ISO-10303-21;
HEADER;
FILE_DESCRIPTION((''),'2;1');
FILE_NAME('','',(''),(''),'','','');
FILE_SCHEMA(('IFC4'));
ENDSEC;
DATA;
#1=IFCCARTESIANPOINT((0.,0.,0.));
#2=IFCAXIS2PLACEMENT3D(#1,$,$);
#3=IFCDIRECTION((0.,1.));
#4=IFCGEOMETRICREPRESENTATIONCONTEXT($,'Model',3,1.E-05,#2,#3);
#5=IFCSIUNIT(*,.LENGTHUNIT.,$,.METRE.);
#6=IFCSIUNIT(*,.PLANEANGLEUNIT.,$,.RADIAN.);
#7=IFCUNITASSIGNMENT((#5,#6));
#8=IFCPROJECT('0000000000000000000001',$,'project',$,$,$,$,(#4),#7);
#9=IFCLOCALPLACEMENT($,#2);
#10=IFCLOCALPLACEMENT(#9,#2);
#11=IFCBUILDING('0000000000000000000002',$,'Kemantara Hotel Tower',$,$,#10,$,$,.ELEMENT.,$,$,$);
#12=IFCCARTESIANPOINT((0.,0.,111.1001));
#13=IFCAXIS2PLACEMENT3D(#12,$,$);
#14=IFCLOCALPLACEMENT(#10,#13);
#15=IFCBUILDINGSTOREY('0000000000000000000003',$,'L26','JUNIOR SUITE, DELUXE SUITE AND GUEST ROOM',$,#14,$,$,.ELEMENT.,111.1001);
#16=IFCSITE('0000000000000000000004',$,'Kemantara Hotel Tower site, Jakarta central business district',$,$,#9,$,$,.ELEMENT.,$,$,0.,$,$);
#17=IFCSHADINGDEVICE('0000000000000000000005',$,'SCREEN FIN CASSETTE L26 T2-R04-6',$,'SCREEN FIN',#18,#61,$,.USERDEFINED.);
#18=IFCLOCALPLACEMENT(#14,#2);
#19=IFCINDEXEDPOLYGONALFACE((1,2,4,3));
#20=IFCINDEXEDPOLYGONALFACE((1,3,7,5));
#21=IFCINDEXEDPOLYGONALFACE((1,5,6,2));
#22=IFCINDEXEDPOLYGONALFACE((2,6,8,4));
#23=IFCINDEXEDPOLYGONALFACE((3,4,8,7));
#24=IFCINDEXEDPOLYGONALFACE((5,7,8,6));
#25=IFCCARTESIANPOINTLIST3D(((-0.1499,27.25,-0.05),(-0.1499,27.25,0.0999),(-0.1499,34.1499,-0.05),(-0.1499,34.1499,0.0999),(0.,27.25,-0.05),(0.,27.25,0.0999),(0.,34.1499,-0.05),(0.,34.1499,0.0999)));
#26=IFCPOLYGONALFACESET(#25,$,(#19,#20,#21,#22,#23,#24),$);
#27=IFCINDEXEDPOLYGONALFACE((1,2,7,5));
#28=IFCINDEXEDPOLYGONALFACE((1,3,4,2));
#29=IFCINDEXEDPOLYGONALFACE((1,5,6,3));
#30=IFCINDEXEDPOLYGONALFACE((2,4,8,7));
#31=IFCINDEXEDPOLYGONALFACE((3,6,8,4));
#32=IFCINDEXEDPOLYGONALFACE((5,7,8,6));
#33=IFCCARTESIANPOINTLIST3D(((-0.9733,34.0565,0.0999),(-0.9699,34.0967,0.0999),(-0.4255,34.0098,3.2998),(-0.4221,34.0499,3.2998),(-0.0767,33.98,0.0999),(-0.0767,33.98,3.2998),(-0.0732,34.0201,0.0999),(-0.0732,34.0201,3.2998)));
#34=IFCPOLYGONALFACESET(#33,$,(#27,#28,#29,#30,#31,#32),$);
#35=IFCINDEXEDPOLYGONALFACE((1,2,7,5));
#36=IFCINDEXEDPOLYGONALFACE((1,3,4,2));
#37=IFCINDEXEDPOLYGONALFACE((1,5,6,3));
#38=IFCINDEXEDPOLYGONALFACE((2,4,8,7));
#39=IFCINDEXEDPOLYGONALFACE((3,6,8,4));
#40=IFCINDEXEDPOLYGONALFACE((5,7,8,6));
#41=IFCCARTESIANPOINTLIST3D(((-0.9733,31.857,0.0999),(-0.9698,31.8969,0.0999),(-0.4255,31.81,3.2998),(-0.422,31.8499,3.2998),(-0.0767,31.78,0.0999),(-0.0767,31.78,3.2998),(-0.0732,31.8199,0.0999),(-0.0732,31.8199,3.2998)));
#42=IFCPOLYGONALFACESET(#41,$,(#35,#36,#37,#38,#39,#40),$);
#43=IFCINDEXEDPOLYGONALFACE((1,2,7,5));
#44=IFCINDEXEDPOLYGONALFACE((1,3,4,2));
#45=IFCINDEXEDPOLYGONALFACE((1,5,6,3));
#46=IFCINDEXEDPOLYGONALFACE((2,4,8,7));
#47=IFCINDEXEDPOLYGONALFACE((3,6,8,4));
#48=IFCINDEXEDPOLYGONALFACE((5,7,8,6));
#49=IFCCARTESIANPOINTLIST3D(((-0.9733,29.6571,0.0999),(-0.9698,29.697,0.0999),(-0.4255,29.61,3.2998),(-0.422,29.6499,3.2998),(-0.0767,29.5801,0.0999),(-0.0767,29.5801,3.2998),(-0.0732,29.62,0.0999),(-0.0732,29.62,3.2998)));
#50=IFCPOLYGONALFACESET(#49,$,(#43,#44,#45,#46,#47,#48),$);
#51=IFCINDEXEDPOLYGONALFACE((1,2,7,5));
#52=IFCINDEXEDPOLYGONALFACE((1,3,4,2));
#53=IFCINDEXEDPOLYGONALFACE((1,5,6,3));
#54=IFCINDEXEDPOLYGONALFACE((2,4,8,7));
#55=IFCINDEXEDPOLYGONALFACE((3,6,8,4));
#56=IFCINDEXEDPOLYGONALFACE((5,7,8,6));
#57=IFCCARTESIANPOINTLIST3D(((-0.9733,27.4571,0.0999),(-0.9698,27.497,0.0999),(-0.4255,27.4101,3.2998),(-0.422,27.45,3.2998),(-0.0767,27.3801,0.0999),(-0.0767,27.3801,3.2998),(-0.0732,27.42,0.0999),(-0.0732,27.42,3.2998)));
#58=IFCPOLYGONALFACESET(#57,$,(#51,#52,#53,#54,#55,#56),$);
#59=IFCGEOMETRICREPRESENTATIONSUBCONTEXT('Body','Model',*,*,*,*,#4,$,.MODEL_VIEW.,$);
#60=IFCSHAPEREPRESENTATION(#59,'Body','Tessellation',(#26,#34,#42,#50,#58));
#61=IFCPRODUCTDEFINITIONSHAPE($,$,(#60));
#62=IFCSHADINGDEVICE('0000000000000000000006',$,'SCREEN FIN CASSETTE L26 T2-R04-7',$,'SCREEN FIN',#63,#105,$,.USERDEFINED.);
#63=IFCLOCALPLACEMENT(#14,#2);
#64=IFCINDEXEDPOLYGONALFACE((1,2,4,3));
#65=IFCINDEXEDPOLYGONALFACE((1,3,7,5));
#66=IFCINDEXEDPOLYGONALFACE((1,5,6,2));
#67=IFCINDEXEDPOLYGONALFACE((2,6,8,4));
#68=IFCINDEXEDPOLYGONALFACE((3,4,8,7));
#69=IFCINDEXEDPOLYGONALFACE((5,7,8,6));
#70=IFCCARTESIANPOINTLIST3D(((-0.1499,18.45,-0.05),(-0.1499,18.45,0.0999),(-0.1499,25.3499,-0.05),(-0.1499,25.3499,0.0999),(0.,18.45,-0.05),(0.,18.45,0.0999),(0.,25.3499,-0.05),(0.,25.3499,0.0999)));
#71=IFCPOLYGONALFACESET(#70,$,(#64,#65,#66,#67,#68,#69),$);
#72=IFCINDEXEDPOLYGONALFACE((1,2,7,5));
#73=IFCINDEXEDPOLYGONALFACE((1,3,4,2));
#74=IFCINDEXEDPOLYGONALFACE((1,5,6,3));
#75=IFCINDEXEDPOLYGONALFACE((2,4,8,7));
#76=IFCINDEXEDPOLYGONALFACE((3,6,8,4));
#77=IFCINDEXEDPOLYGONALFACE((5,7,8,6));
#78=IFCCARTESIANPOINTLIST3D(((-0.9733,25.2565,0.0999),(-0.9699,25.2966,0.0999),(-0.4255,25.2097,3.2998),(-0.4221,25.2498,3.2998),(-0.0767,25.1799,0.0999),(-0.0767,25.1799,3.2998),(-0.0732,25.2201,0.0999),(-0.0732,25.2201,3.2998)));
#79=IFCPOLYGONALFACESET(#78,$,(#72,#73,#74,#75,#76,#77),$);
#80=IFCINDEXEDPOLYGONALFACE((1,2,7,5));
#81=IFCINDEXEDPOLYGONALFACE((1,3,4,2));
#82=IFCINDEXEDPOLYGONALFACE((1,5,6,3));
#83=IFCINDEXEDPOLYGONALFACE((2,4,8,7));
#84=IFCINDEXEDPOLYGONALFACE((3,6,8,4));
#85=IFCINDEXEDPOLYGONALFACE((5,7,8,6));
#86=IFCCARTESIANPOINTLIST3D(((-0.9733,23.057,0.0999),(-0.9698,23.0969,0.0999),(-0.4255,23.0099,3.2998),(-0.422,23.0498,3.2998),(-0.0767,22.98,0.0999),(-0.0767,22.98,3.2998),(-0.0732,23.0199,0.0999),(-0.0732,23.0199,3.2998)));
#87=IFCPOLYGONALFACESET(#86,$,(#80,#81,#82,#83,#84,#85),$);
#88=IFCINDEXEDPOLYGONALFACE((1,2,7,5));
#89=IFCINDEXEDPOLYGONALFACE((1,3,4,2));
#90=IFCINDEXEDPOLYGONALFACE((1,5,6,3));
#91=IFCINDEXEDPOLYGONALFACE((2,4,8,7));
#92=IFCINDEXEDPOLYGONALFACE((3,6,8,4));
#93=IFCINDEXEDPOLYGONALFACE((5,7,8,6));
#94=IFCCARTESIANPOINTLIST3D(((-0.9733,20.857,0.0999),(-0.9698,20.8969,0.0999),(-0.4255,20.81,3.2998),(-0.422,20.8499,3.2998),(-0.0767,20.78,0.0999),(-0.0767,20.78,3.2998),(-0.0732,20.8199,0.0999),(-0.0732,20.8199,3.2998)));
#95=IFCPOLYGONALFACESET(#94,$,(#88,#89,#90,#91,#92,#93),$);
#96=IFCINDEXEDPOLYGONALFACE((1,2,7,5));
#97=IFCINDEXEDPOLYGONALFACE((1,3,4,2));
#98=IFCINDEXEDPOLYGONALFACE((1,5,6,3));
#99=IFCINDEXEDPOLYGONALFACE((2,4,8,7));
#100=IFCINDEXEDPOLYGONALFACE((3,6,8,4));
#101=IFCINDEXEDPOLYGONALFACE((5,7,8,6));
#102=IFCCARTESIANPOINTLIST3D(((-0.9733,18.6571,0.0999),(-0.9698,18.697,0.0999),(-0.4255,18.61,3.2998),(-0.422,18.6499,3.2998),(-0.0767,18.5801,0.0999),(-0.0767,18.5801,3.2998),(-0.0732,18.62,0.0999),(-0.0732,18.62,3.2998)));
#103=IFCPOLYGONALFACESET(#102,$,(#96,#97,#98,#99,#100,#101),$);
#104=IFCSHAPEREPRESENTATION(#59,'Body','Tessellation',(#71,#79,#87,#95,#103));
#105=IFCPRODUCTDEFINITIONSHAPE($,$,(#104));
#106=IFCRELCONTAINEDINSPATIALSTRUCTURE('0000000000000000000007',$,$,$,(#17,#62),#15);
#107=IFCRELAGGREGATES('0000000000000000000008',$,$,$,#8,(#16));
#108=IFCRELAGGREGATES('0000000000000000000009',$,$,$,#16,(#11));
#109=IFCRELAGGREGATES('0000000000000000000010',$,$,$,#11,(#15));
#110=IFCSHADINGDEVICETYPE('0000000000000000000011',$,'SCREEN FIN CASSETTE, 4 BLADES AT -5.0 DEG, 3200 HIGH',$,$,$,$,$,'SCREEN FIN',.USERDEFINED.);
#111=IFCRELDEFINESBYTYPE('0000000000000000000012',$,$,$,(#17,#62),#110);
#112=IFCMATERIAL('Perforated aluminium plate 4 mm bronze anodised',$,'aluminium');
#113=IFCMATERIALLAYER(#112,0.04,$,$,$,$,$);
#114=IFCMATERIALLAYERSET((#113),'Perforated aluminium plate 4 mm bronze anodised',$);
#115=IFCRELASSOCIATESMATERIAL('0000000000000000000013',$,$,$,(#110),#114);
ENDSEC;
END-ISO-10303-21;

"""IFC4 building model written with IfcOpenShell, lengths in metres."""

from ifc_helpers import new_model, si_unit, direction, frame, origin, origin_2d, place, context, subcontext, project, spatial, polyline, rectangle, outline, extrude, source, transform, mapped, material, layer, layer_set, type_object, element, save


model = new_model("IFC4")

# Units and contexts
model_context = context("Model", 3, precision=1e-05, world=origin(), true_north=direction((0.0, 1.0)))
body_context = subcontext(model_context, "Body", "Model", "MODEL_VIEW")
ifc_project = project(units=[si_unit("LENGTHUNIT", "METRE"), si_unit("PLANEANGLEUNIT", "RADIAN")], contexts=[model_context])

# Site, building, storey
site_placement = place(None, origin())
site = spatial("IfcSite", under=ifc_project, at=site_placement, Name="Kemantara Hotel Tower site, Jakarta central business district", CompositionType="ELEMENT", RefElevation=0.0)
building_placement = place(site_placement, origin())
building = spatial("IfcBuilding", under=site, at=building_placement, Name="Kemantara Hotel Tower", CompositionType="ELEMENT")
storey_placement = place(building_placement, frame((0.0, 0.0, 111.1001)))
storey = spatial("IfcBuildingStorey", under=building, at=storey_placement, Name="L26", Description="JUNIOR SUITE, DELUXE SUITE AND GUEST ROOM", CompositionType="ELEMENT", Elevation=111.1001)

# Shading devices
ifc_material_1 = material(Name="Perforated aluminium plate 4 mm bronze anodised", Category="aluminium")
ifc_layer_1 = layer(ifc_material_1, 0.04)
ifc_layer_set_1 = layer_set([ifc_layer_1], Name="Perforated aluminium plate 4 mm bronze anodised")
shading_device_type = type_object("IfcShadingDeviceType", Name="SCREEN FIN CASSETTE, 4 BLADES AT -5.0 DEG, 3200 HIGH", ElementType="SCREEN FIN", PredefinedType="USERDEFINED", material=ifc_layer_set_1)
shared_shape = source(origin(), body_context, "Body", "SweptSolid", [
    extrude(rectangle(XDim=6.8999, YDim=0.1499, at=origin_2d()), frame((3.3, -0.075, -0.1499), z_axis=(0.0, 0.0, 1.0), x_axis=(1.0, 0.0, 0.0)), (0.0, 0.0, 1.0), 0.1499),
    extrude(outline(polyline([(0.0, 0.0), (0.8999, 0.0), (0.3501, 3.2), (0.0, 3.2), (0.0, 0.0)])), frame((0.02, -0.0767, 0.0), z_axis=(-0.996376, 0.085056, 0.0), x_axis=(-0.085056, -0.996376, 0.0)), (0.0, 0.0, 1.0), 0.0403),
    extrude(outline(polyline([(0.0, 0.0), (0.8999, 0.0), (0.3501, 3.2), (0.0, 3.2), (0.0, 0.0)])), frame((2.22, -0.0767, 0.0), z_axis=(-0.996332, 0.085575, 0.0), x_axis=(-0.085575, -0.996332, 0.0)), (0.0, 0.0, 1.0), 0.04),
    extrude(outline(polyline([(0.0, 0.0), (0.8999, 0.0), (0.3501, 3.2), (0.0, 3.2), (0.0, 0.0)])), frame((4.4199, -0.0767, 0.0), z_axis=(-0.996332, 0.085575, 0.0), x_axis=(-0.085575, -0.996332, 0.0)), (0.0, 0.0, 1.0), 0.04),
    extrude(outline(polyline([(0.0, 0.0), (0.8999, 0.0), (0.3501, 3.2), (0.0, 3.2), (0.0, 0.0)])), frame((6.6199, -0.0767, 0.0), z_axis=(-0.996332, 0.085575, 0.0), x_axis=(-0.085575, -0.996332, 0.0)), (0.0, 0.0, 1.0), 0.04),
])
for number, where, z_axis, x_axis, name in (
    (1, (0.0, 34.0, 0.0999), (0.0, 0.0, 1.0), (0.0, -1.0, 0.0), "SCREEN FIN CASSETTE L26 T2-R04-6"),
    (2, (0.0, 25.2, 0.0999), (0.0, 0.0, 1.0), (0.0, -1.0, 0.0), "SCREEN FIN CASSETTE L26 T2-R04-7"),
):
    element("IfcShadingDevice", number, at=place(storey_placement, frame(where, z_axis=z_axis, x_axis=x_axis)), inside=storey, type_object=shading_device_type, Name=name, ObjectType="SCREEN FIN", PredefinedType="USERDEFINED", context=body_context, shape_type="MappedRepresentation", body=[
        mapped(shared_shape, transform((0.0, 0.0, 0.0))),
    ])

save(model, "model.ifc")
